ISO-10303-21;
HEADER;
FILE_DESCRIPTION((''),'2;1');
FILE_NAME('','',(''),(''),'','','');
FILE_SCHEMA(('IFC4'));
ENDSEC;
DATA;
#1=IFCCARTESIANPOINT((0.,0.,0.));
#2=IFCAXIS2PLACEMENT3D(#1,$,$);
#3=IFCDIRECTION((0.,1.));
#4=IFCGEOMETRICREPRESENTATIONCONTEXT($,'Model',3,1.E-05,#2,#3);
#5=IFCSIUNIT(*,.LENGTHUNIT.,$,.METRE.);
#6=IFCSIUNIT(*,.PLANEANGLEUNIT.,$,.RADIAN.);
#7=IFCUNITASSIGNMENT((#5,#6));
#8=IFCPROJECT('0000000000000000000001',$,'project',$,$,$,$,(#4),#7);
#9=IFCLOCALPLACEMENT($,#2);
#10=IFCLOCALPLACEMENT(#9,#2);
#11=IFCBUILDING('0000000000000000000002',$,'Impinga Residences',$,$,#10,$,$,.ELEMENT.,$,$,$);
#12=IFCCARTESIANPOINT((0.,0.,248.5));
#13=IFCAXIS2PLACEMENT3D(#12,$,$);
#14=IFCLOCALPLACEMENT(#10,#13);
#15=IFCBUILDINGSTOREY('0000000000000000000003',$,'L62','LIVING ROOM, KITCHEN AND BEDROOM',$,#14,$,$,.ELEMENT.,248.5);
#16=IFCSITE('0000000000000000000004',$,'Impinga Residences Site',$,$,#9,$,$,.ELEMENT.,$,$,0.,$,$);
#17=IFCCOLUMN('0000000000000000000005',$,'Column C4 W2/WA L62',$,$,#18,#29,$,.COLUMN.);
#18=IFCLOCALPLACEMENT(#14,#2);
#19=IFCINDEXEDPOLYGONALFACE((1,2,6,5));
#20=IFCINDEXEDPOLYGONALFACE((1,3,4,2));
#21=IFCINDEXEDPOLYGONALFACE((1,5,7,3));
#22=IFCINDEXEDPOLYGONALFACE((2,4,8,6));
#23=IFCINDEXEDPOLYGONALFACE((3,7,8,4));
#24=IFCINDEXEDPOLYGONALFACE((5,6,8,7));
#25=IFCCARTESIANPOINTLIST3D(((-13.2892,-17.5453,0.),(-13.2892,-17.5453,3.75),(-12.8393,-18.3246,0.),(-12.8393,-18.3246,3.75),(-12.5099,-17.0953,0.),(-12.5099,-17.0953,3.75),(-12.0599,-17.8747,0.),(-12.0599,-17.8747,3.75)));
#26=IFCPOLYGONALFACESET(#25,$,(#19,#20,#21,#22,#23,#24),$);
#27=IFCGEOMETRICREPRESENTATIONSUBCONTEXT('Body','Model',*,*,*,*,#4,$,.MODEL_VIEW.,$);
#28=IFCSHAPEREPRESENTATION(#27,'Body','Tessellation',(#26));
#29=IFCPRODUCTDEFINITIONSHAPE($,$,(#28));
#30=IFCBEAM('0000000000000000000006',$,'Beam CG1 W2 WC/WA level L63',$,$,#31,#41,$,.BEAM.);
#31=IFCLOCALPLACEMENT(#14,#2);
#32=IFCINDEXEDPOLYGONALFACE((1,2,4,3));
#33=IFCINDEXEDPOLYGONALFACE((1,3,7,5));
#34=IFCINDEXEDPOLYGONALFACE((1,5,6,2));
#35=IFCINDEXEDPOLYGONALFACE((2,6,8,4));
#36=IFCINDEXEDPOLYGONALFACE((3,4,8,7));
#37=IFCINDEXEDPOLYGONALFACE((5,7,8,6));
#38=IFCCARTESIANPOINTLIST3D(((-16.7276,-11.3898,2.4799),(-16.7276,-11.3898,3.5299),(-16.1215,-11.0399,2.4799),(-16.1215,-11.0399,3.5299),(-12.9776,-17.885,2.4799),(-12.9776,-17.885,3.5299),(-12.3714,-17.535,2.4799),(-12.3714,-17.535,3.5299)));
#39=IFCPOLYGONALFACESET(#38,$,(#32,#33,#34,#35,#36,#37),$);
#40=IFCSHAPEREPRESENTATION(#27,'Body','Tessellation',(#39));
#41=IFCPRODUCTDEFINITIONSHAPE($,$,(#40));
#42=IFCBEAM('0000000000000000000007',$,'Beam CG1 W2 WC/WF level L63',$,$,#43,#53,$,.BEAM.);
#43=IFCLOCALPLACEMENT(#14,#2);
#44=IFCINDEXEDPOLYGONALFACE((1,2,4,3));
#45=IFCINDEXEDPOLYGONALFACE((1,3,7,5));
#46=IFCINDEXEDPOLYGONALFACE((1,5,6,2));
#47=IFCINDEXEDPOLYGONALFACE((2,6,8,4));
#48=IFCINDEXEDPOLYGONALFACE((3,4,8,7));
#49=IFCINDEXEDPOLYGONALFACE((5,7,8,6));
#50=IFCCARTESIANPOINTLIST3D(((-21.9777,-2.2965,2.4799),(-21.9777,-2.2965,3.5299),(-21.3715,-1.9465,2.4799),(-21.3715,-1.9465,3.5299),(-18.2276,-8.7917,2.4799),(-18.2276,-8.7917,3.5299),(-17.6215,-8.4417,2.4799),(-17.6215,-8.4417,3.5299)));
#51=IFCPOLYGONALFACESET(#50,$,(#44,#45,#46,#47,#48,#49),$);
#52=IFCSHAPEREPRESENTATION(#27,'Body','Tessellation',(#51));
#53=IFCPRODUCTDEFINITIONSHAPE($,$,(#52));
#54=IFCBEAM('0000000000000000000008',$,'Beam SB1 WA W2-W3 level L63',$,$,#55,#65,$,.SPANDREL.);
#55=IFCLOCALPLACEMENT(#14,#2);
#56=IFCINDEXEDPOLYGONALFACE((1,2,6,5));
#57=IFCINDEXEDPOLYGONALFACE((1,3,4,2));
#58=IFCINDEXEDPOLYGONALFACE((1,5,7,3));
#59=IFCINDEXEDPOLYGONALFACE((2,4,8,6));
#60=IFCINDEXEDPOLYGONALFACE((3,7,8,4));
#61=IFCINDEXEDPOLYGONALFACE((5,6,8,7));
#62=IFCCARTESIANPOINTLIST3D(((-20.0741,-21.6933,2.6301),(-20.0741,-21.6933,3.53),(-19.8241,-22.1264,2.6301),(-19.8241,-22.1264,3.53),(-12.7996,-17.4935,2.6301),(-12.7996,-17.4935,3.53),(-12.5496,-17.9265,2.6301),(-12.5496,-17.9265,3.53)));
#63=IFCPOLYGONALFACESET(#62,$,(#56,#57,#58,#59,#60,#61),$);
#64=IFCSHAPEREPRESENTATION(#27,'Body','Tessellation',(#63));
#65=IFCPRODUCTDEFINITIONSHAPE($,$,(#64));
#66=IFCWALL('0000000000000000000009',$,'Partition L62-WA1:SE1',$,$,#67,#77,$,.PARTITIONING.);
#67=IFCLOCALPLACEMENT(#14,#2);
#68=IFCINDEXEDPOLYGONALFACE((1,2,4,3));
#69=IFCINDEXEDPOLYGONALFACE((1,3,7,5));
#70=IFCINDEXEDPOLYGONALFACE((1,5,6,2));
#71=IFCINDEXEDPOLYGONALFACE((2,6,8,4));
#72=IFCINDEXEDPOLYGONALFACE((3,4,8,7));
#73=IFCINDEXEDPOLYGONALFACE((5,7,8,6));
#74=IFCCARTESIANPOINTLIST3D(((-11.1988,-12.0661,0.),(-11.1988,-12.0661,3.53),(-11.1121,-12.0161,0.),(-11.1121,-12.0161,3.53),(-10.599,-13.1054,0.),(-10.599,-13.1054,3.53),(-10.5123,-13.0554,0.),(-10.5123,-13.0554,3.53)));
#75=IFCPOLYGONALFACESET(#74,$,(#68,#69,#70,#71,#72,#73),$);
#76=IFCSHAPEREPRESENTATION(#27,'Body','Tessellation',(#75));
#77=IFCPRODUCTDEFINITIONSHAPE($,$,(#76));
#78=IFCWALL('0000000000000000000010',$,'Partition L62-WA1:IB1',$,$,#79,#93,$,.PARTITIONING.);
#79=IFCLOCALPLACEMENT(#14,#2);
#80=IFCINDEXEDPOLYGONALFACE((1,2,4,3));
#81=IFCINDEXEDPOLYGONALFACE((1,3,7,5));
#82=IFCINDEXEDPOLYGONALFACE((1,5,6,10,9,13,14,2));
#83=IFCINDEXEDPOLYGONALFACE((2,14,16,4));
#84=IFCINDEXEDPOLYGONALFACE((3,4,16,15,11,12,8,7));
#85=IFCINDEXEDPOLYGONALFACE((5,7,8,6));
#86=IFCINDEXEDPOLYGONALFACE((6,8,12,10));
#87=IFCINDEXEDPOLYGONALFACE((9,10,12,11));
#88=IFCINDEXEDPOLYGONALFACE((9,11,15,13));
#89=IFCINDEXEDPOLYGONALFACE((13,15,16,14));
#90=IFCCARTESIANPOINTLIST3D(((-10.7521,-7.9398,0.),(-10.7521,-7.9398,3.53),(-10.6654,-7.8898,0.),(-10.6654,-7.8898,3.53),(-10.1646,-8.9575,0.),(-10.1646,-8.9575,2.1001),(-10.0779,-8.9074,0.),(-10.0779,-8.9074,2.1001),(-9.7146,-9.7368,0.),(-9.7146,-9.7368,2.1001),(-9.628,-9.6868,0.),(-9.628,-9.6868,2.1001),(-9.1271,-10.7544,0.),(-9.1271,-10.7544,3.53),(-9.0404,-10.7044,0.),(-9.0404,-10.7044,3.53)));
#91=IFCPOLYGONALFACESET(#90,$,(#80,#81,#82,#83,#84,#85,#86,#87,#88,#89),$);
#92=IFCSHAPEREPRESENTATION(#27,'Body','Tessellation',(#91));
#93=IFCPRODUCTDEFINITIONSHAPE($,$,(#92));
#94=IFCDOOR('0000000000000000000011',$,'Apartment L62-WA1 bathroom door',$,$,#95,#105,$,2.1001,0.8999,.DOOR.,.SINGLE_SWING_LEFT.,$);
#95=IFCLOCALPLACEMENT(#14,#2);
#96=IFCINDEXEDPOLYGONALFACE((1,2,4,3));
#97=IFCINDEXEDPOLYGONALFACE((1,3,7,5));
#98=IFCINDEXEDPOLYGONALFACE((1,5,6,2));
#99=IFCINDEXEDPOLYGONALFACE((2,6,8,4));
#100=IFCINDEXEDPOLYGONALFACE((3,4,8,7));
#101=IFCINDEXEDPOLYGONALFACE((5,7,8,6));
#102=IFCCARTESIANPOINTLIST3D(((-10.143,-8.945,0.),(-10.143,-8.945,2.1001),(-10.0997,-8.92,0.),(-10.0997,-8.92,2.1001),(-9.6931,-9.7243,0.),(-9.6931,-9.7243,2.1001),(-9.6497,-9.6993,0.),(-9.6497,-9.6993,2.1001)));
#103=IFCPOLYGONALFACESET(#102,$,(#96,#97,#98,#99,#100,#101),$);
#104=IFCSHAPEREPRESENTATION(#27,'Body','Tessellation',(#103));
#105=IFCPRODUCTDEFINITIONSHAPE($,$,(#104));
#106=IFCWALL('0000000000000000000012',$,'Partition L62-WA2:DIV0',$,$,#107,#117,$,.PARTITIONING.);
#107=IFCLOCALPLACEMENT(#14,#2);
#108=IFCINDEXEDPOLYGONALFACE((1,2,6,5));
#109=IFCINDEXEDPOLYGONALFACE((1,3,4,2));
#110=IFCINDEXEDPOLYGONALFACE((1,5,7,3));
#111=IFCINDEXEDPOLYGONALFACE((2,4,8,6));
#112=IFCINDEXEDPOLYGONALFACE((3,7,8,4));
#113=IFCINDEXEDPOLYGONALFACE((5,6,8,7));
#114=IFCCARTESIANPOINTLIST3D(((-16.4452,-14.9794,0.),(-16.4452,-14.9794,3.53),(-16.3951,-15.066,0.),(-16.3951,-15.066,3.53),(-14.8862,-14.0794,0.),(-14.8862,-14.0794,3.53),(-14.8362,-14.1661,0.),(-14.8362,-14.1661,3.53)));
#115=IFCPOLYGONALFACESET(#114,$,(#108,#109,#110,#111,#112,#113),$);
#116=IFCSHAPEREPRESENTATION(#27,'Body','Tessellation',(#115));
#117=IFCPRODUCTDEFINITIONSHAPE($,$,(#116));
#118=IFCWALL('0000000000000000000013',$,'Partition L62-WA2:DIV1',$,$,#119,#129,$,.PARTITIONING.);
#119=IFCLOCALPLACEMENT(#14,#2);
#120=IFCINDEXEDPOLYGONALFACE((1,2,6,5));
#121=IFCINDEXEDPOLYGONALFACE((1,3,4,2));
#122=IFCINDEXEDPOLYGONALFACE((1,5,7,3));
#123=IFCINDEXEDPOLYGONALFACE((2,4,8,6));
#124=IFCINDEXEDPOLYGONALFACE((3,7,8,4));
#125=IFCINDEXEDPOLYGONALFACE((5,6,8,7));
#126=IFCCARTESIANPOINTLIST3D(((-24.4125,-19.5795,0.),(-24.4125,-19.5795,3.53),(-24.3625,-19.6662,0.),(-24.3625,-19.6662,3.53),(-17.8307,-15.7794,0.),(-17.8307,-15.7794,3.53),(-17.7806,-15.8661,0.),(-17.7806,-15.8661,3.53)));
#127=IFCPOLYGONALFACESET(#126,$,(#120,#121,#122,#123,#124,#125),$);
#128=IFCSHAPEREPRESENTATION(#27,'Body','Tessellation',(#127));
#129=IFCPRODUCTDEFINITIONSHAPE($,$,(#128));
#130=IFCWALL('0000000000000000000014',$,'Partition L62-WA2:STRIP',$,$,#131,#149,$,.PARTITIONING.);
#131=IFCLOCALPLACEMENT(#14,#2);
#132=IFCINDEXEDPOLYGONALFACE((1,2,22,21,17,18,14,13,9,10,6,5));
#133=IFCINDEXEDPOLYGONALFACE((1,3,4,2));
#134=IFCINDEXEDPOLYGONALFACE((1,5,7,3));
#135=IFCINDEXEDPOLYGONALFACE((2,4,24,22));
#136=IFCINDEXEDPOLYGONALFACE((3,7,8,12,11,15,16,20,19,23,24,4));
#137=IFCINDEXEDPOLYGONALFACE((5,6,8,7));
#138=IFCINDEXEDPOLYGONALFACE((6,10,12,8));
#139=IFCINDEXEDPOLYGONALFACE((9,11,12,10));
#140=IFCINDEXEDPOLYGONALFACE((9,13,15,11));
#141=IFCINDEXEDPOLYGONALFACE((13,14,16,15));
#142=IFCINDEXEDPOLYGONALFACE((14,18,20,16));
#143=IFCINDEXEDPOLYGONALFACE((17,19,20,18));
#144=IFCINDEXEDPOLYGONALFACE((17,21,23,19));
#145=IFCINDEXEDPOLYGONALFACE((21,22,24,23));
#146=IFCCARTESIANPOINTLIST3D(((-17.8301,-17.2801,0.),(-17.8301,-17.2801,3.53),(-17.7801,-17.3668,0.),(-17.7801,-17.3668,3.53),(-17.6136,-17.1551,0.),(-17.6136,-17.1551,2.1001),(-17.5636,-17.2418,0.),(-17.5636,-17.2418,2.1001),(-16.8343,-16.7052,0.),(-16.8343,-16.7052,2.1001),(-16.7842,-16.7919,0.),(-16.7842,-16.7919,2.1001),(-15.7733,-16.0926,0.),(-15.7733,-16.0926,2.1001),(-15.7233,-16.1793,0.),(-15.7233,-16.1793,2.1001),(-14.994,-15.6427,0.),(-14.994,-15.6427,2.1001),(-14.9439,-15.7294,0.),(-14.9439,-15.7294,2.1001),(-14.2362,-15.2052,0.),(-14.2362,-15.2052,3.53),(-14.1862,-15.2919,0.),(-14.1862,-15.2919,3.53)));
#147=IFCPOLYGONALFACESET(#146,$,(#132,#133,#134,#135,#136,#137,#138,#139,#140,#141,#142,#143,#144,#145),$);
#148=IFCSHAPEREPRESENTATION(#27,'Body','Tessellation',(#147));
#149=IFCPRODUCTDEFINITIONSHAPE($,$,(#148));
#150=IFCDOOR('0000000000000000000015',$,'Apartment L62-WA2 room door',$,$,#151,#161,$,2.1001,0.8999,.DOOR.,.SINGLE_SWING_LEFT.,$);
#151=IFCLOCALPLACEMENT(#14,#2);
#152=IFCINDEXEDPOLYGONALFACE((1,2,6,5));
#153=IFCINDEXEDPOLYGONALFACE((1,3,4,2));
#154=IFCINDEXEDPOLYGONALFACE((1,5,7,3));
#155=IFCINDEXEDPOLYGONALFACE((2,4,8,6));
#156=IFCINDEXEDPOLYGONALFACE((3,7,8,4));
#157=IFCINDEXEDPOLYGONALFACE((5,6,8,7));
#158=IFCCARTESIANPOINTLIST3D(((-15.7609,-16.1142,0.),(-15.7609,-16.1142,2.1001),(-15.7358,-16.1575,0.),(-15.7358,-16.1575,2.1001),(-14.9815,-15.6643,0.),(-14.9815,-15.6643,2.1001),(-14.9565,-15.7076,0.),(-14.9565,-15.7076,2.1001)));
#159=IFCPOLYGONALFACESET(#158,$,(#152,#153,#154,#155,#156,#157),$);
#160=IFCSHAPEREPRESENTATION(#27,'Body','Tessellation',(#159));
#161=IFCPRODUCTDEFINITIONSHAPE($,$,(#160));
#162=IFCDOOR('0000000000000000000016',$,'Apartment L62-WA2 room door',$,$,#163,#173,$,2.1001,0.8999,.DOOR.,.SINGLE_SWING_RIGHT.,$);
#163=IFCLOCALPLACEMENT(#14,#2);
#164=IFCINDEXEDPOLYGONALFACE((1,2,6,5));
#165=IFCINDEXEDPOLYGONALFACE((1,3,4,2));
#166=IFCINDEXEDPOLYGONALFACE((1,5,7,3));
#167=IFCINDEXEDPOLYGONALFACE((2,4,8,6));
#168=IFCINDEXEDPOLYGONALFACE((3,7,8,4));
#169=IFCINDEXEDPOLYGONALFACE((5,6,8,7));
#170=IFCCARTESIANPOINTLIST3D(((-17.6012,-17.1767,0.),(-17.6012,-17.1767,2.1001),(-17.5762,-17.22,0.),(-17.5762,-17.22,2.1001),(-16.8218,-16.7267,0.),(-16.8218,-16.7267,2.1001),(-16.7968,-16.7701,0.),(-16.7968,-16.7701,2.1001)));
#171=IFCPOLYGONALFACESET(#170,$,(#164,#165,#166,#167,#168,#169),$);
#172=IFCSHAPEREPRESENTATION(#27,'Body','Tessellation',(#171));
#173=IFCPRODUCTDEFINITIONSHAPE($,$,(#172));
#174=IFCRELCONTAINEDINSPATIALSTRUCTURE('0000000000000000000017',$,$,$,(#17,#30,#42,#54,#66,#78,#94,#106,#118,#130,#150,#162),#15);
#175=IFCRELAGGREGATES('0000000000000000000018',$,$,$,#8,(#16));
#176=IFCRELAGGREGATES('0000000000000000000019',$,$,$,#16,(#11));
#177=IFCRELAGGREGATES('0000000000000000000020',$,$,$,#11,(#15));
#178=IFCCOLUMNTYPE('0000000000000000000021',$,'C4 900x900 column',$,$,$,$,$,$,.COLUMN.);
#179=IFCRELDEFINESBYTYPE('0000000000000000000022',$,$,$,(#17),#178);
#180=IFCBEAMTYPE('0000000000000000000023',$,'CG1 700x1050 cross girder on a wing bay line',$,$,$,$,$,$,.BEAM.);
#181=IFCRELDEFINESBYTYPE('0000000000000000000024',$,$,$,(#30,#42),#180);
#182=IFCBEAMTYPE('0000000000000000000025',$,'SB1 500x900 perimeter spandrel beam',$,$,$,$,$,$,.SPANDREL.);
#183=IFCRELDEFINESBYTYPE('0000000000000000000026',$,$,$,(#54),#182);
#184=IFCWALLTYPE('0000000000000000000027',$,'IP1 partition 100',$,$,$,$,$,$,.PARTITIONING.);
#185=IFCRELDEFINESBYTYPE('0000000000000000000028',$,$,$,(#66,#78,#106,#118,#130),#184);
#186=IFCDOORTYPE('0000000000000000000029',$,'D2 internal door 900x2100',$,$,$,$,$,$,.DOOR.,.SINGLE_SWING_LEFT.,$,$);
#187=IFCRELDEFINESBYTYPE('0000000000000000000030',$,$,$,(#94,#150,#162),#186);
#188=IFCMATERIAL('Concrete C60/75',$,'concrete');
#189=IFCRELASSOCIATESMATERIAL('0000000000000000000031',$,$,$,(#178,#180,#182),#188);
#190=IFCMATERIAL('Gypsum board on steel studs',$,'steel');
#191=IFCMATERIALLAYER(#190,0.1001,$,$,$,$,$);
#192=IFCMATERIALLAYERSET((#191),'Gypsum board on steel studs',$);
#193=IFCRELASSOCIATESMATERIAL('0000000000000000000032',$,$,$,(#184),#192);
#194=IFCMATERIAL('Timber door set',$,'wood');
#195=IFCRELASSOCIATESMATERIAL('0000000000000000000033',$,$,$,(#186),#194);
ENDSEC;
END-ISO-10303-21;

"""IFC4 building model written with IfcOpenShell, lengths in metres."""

from ifc_helpers import new_model, si_unit, direction, frame, frame_2d, origin, origin_2d, place, context, subcontext, project, spatial, rectangle, extrude, material, layer, layer_set, material_profile, profile_set, type_object, element, fill, save


model = new_model("IFC4")

# Units and contexts
model_context = context("Model", 3, precision=1e-05, world=origin(), true_north=direction((0.0, 1.0)))
body_context = subcontext(model_context, "Body", "Model", "MODEL_VIEW")
ifc_project = project(units=[si_unit("LENGTHUNIT", "METRE"), si_unit("PLANEANGLEUNIT", "RADIAN")], contexts=[model_context])

# Site, building, storey
site_placement = place(None, origin())
site = spatial("IfcSite", under=ifc_project, at=site_placement, Name="Impinga Residences Site", CompositionType="ELEMENT", RefElevation=0.0)
building_placement = place(site_placement, origin())
building = spatial("IfcBuilding", under=site, at=building_placement, Name="Impinga Residences", CompositionType="ELEMENT")
storey_placement = place(building_placement, frame((0.0, 0.0, 248.5)))
storey = spatial("IfcBuildingStorey", under=building, at=storey_placement, Name="L62", Description="LIVING ROOM, KITCHEN AND BEDROOM", CompositionType="ELEMENT", Elevation=248.5)

# Column
ifc_material_1 = material(Name="Concrete C60/75", Category="concrete")
ifc_material_profile_1 = material_profile(ifc_material_1, rectangle(XDim=0.8999, YDim=0.8999, at=origin_2d()), Name="RC 900x900")
ifc_profile_set_1 = profile_set([ifc_material_profile_1], Name="Concrete C60/75")
column_type = type_object("IfcColumnType", Name="C4 900x900 column", PredefinedType="COLUMN", material=ifc_profile_set_1)
column_placement = place(storey_placement, frame((-12.6746, -17.71, 0.0), z_axis=(0.0, 0.0, 1.0), x_axis=(-0.5, 0.866025, 0.0)))
element("IfcColumn", 1, at=column_placement, inside=storey, type_object=column_type, Name="Column C4 W2/WA L62", PredefinedType="COLUMN", context=body_context, shape_type="SweptSolid", body=[
    extrude(rectangle(XDim=0.8999, YDim=0.8999, at=origin_2d()), origin(), (0.0, 0.0, 1.0), 3.75),
])

# Beams
ifc_material_profile_2 = material_profile(ifc_material_1, rectangle(XDim=0.7, YDim=1.05, at=origin_2d()), Name="RC 700x1050")
ifc_profile_set_2 = profile_set([ifc_material_profile_2], Name="Concrete C60/75")
beam_type_1 = type_object("IfcBeamType", Name="CG1 700x1050 cross girder on a wing bay line", PredefinedType="BEAM", material=ifc_profile_set_2)
for number, where, z_axis, x_axis, name in (
    (2, (-16.4246, -11.2148, 3.0049), (0.500004, -0.866023, 0.0), (0.866023, 0.500004, 0.0), "Beam CG1 W2 WC/WA level L63"),
    (3, (-17.9246, -8.6167, 3.0049), (-0.500004, 0.866023, 0.0), (-0.866023, -0.500004, 0.0), "Beam CG1 W2 WC/WF level L63"),
):
    element("IfcBeam", number, at=place(storey_placement, frame(where, z_axis=z_axis, x_axis=x_axis)), inside=storey, type_object=beam_type_1, Name=name, PredefinedType="BEAM", context=body_context, shape_type="SweptSolid", body=[
        extrude(rectangle(XDim=0.7, YDim=1.05, at=origin_2d()), origin(), (0.0, 0.0, 1.0), 7.5),
    ])
ifc_material_profile_3 = material_profile(ifc_material_1, rectangle(XDim=0.5, YDim=0.8999, at=origin_2d()), Name="RC 500x900")
ifc_profile_set_3 = profile_set([ifc_material_profile_3], Name="Concrete C60/75")
beam_type_2 = type_object("IfcBeamType", Name="SB1 500x900 perimeter spandrel beam", PredefinedType="SPANDREL", material=ifc_profile_set_3)
beam_placement = place(storey_placement, frame((-12.6746, -17.71, 3.0801), z_axis=(-0.866029, -0.499993, 0.0), x_axis=(0.499993, -0.866029, 0.0)))
element("IfcBeam", 4, at=beam_placement, inside=storey, type_object=beam_type_2, Name="Beam SB1 WA W2-W3 level L63", PredefinedType="SPANDREL", context=body_context, shape_type="SweptSolid", body=[
    extrude(rectangle(XDim=0.5, YDim=0.8999, at=origin_2d()), origin(), (0.0, 0.0, 1.0), 8.3999),
])

# Wall
ifc_material_2 = material(Name="Gypsum board on steel studs", Category="steel")
ifc_layer_1 = layer(ifc_material_2, 0.1001)
ifc_layer_set_1 = layer_set([ifc_layer_1], Name="Gypsum board on steel studs")
wall_type_1 = type_object("IfcWallType", Name="IP1 partition 100", PredefinedType="PARTITIONING", material=ifc_layer_set_1)
wall_1_placement = place(storey_placement, frame((-11.1555, -12.041, 0.0), z_axis=(0.0, 0.0, 1.0), x_axis=(0.499881, -0.866094, 0.0)))
element("IfcWall", 5, at=wall_1_placement, inside=storey, type_object=wall_type_1, Name="Partition L62-WA1:SE1", PredefinedType="PARTITIONING", context=body_context, shape_type="SweptSolid", body=[
    extrude(rectangle(XDim=1.2, YDim=0.1001, at=frame_2d((0.6001, 0.0))), origin(), (0.0, 0.0, 1.0), 3.53),
])

# Wall, opening, door
wall_2_placement = place(storey_placement, frame((-10.7087, -7.9148, 0.0), z_axis=(0.0, 0.0, 1.0), x_axis=(0.499985, -0.866034, 0.0)))
wall_2 = element("IfcWall", 6, at=wall_2_placement, inside=storey, type_object=wall_type_1, Name="Partition L62-WA1:IB1", PredefinedType="PARTITIONING", context=body_context, shape_type="SweptSolid", body=[
    extrude(rectangle(XDim=3.25, YDim=0.1001, at=frame_2d((1.625, 0.0))), origin(), (0.0, 0.0, 1.0), 3.53),
])
opening_1_placement = place(wall_2_placement, frame((1.175, 0.0, 0.0)))
opening_1 = element("IfcOpeningElement", 7, at=opening_1_placement, cuts=wall_2, PredefinedType="OPENING", context=body_context, shape_type="SweptSolid", body=[
    extrude(rectangle(XDim=0.8999, YDim=2.1001, at=frame_2d((0.45, 1.05))), frame((0.0, 0.0601, 0.0), z_axis=(0.0, -1.0, 0.0), x_axis=(1.0, 0.0, 0.0)), (0.0, 0.0, 1.0), 0.1201),
])
ifc_material_3 = material(Name="Timber door set", Category="wood")
door_type = type_object("IfcDoorType", Name="D2 internal door 900x2100", OperationType="SINGLE_SWING_LEFT", PredefinedType="DOOR", material=ifc_material_3)
door_1_placement = place(opening_1_placement, origin())
door_1 = element("IfcDoor", 8, at=door_1_placement, inside=storey, type_object=door_type, Name="Apartment L62-WA1 bathroom door", OperationType="SINGLE_SWING_LEFT", OverallHeight=2.1001, OverallWidth=0.8999, PredefinedType="DOOR", context=body_context, shape_type="SweptSolid", body=[
    extrude(rectangle(XDim=0.8999, YDim=2.1001, at=frame_2d((0.45, 1.05))), frame((0.0, 0.0249, 0.0), z_axis=(0.0, -1.0, 0.0), x_axis=(1.0, 0.0, 0.0)), (0.0, 0.0, 1.0), 0.05),
])
fill(opening_1, door_1)

# Walls
wall_3_placement = place(storey_placement, frame((-14.8613, -14.1228, 0.0), z_axis=(0.0, 0.0, 1.0), x_axis=(-0.866048, -0.499961, 0.0)))
element("IfcWall", 9, at=wall_3_placement, inside=storey, type_object=wall_type_1, Name="Partition L62-WA2:DIV0", PredefinedType="PARTITIONING", context=body_context, shape_type="SweptSolid", body=[
    extrude(rectangle(XDim=1.8, YDim=0.1001, at=frame_2d((0.8999, 0.0))), origin(), (0.0, 0.0, 1.0), 3.53),
])
wall_4_placement = place(storey_placement, frame((-17.8057, -15.8228, 0.0), z_axis=(0.0, 0.0, 1.0), x_axis=(-0.866022, -0.500005, 0.0)))
element("IfcWall", 10, at=wall_4_placement, inside=storey, type_object=wall_type_1, Name="Partition L62-WA2:DIV1", PredefinedType="PARTITIONING", context=body_context, shape_type="SweptSolid", body=[
    extrude(rectangle(XDim=7.6001, YDim=0.1001, at=frame_2d((3.8, 0.0))), origin(), (0.0, 0.0, 1.0), 3.53),
])

# Wall, openings, doors
wall_5_placement = place(storey_placement, frame((-14.2112, -15.2485, 0.0), z_axis=(0.0, 0.0, 1.0), x_axis=(-0.86603, -0.499992, 0.0)))
wall_5 = element("IfcWall", 11, at=wall_5_placement, inside=storey, type_object=wall_type_1, Name="Partition L62-WA2:STRIP", PredefinedType="PARTITIONING", context=body_context, shape_type="SweptSolid", body=[
    extrude(rectangle(XDim=4.1499, YDim=0.1001, at=frame_2d((2.075, 0.0))), origin(), (0.0, 0.0, 1.0), 3.53),
])
opening_2_placement = place(wall_5_placement, frame((0.875, 0.0, 0.0)))
opening_2 = element("IfcOpeningElement", 12, at=opening_2_placement, cuts=wall_5, PredefinedType="OPENING", context=body_context, shape_type="SweptSolid", body=[
    extrude(rectangle(XDim=0.8999, YDim=2.1001, at=frame_2d((0.45, 1.05))), frame((0.0, 0.0601, 0.0), z_axis=(0.0, -1.0, 0.0), x_axis=(1.0, 0.0, 0.0)), (0.0, 0.0, 1.0), 0.1201),
])
opening_3_placement = place(wall_5_placement, frame((3.0, 0.0, 0.0)))
opening_3 = element("IfcOpeningElement", 13, at=opening_3_placement, cuts=wall_5, PredefinedType="OPENING", context=body_context, shape_type="SweptSolid", body=[
    extrude(rectangle(XDim=0.8999, YDim=2.1001, at=frame_2d((0.45, 1.05))), frame((0.0, 0.0601, 0.0), z_axis=(0.0, -1.0, 0.0), x_axis=(1.0, 0.0, 0.0)), (0.0, 0.0, 1.0), 0.1201),
])
door_2_placement = place(opening_2_placement, origin())
door_2 = element("IfcDoor", 14, at=door_2_placement, inside=storey, type_object=door_type, Name="Apartment L62-WA2 room door", OperationType="SINGLE_SWING_LEFT", OverallHeight=2.1001, OverallWidth=0.8999, PredefinedType="DOOR", context=body_context, shape_type="SweptSolid", body=[
    extrude(rectangle(XDim=0.8999, YDim=2.1001, at=frame_2d((0.45, 1.05))), frame((0.0, 0.0249, 0.0), z_axis=(0.0, -1.0, 0.0), x_axis=(1.0, 0.0, 0.0)), (0.0, 0.0, 1.0), 0.05),
])
fill(opening_2, door_2)
door_3_placement = place(opening_3_placement, origin())
door_3 = element("IfcDoor", 15, at=door_3_placement, inside=storey, type_object=door_type, Name="Apartment L62-WA2 room door", OperationType="SINGLE_SWING_RIGHT", OverallHeight=2.1001, OverallWidth=0.8999, PredefinedType="DOOR", context=body_context, shape_type="SweptSolid", body=[
    extrude(rectangle(XDim=0.8999, YDim=2.1001, at=frame_2d((0.45, 1.05))), frame((0.0, 0.0249, 0.0), z_axis=(0.0, -1.0, 0.0), x_axis=(1.0, 0.0, 0.0)), (0.0, 0.0, 1.0), 0.05),
])
fill(opening_3, door_3)

save(model, "model.ifc")
